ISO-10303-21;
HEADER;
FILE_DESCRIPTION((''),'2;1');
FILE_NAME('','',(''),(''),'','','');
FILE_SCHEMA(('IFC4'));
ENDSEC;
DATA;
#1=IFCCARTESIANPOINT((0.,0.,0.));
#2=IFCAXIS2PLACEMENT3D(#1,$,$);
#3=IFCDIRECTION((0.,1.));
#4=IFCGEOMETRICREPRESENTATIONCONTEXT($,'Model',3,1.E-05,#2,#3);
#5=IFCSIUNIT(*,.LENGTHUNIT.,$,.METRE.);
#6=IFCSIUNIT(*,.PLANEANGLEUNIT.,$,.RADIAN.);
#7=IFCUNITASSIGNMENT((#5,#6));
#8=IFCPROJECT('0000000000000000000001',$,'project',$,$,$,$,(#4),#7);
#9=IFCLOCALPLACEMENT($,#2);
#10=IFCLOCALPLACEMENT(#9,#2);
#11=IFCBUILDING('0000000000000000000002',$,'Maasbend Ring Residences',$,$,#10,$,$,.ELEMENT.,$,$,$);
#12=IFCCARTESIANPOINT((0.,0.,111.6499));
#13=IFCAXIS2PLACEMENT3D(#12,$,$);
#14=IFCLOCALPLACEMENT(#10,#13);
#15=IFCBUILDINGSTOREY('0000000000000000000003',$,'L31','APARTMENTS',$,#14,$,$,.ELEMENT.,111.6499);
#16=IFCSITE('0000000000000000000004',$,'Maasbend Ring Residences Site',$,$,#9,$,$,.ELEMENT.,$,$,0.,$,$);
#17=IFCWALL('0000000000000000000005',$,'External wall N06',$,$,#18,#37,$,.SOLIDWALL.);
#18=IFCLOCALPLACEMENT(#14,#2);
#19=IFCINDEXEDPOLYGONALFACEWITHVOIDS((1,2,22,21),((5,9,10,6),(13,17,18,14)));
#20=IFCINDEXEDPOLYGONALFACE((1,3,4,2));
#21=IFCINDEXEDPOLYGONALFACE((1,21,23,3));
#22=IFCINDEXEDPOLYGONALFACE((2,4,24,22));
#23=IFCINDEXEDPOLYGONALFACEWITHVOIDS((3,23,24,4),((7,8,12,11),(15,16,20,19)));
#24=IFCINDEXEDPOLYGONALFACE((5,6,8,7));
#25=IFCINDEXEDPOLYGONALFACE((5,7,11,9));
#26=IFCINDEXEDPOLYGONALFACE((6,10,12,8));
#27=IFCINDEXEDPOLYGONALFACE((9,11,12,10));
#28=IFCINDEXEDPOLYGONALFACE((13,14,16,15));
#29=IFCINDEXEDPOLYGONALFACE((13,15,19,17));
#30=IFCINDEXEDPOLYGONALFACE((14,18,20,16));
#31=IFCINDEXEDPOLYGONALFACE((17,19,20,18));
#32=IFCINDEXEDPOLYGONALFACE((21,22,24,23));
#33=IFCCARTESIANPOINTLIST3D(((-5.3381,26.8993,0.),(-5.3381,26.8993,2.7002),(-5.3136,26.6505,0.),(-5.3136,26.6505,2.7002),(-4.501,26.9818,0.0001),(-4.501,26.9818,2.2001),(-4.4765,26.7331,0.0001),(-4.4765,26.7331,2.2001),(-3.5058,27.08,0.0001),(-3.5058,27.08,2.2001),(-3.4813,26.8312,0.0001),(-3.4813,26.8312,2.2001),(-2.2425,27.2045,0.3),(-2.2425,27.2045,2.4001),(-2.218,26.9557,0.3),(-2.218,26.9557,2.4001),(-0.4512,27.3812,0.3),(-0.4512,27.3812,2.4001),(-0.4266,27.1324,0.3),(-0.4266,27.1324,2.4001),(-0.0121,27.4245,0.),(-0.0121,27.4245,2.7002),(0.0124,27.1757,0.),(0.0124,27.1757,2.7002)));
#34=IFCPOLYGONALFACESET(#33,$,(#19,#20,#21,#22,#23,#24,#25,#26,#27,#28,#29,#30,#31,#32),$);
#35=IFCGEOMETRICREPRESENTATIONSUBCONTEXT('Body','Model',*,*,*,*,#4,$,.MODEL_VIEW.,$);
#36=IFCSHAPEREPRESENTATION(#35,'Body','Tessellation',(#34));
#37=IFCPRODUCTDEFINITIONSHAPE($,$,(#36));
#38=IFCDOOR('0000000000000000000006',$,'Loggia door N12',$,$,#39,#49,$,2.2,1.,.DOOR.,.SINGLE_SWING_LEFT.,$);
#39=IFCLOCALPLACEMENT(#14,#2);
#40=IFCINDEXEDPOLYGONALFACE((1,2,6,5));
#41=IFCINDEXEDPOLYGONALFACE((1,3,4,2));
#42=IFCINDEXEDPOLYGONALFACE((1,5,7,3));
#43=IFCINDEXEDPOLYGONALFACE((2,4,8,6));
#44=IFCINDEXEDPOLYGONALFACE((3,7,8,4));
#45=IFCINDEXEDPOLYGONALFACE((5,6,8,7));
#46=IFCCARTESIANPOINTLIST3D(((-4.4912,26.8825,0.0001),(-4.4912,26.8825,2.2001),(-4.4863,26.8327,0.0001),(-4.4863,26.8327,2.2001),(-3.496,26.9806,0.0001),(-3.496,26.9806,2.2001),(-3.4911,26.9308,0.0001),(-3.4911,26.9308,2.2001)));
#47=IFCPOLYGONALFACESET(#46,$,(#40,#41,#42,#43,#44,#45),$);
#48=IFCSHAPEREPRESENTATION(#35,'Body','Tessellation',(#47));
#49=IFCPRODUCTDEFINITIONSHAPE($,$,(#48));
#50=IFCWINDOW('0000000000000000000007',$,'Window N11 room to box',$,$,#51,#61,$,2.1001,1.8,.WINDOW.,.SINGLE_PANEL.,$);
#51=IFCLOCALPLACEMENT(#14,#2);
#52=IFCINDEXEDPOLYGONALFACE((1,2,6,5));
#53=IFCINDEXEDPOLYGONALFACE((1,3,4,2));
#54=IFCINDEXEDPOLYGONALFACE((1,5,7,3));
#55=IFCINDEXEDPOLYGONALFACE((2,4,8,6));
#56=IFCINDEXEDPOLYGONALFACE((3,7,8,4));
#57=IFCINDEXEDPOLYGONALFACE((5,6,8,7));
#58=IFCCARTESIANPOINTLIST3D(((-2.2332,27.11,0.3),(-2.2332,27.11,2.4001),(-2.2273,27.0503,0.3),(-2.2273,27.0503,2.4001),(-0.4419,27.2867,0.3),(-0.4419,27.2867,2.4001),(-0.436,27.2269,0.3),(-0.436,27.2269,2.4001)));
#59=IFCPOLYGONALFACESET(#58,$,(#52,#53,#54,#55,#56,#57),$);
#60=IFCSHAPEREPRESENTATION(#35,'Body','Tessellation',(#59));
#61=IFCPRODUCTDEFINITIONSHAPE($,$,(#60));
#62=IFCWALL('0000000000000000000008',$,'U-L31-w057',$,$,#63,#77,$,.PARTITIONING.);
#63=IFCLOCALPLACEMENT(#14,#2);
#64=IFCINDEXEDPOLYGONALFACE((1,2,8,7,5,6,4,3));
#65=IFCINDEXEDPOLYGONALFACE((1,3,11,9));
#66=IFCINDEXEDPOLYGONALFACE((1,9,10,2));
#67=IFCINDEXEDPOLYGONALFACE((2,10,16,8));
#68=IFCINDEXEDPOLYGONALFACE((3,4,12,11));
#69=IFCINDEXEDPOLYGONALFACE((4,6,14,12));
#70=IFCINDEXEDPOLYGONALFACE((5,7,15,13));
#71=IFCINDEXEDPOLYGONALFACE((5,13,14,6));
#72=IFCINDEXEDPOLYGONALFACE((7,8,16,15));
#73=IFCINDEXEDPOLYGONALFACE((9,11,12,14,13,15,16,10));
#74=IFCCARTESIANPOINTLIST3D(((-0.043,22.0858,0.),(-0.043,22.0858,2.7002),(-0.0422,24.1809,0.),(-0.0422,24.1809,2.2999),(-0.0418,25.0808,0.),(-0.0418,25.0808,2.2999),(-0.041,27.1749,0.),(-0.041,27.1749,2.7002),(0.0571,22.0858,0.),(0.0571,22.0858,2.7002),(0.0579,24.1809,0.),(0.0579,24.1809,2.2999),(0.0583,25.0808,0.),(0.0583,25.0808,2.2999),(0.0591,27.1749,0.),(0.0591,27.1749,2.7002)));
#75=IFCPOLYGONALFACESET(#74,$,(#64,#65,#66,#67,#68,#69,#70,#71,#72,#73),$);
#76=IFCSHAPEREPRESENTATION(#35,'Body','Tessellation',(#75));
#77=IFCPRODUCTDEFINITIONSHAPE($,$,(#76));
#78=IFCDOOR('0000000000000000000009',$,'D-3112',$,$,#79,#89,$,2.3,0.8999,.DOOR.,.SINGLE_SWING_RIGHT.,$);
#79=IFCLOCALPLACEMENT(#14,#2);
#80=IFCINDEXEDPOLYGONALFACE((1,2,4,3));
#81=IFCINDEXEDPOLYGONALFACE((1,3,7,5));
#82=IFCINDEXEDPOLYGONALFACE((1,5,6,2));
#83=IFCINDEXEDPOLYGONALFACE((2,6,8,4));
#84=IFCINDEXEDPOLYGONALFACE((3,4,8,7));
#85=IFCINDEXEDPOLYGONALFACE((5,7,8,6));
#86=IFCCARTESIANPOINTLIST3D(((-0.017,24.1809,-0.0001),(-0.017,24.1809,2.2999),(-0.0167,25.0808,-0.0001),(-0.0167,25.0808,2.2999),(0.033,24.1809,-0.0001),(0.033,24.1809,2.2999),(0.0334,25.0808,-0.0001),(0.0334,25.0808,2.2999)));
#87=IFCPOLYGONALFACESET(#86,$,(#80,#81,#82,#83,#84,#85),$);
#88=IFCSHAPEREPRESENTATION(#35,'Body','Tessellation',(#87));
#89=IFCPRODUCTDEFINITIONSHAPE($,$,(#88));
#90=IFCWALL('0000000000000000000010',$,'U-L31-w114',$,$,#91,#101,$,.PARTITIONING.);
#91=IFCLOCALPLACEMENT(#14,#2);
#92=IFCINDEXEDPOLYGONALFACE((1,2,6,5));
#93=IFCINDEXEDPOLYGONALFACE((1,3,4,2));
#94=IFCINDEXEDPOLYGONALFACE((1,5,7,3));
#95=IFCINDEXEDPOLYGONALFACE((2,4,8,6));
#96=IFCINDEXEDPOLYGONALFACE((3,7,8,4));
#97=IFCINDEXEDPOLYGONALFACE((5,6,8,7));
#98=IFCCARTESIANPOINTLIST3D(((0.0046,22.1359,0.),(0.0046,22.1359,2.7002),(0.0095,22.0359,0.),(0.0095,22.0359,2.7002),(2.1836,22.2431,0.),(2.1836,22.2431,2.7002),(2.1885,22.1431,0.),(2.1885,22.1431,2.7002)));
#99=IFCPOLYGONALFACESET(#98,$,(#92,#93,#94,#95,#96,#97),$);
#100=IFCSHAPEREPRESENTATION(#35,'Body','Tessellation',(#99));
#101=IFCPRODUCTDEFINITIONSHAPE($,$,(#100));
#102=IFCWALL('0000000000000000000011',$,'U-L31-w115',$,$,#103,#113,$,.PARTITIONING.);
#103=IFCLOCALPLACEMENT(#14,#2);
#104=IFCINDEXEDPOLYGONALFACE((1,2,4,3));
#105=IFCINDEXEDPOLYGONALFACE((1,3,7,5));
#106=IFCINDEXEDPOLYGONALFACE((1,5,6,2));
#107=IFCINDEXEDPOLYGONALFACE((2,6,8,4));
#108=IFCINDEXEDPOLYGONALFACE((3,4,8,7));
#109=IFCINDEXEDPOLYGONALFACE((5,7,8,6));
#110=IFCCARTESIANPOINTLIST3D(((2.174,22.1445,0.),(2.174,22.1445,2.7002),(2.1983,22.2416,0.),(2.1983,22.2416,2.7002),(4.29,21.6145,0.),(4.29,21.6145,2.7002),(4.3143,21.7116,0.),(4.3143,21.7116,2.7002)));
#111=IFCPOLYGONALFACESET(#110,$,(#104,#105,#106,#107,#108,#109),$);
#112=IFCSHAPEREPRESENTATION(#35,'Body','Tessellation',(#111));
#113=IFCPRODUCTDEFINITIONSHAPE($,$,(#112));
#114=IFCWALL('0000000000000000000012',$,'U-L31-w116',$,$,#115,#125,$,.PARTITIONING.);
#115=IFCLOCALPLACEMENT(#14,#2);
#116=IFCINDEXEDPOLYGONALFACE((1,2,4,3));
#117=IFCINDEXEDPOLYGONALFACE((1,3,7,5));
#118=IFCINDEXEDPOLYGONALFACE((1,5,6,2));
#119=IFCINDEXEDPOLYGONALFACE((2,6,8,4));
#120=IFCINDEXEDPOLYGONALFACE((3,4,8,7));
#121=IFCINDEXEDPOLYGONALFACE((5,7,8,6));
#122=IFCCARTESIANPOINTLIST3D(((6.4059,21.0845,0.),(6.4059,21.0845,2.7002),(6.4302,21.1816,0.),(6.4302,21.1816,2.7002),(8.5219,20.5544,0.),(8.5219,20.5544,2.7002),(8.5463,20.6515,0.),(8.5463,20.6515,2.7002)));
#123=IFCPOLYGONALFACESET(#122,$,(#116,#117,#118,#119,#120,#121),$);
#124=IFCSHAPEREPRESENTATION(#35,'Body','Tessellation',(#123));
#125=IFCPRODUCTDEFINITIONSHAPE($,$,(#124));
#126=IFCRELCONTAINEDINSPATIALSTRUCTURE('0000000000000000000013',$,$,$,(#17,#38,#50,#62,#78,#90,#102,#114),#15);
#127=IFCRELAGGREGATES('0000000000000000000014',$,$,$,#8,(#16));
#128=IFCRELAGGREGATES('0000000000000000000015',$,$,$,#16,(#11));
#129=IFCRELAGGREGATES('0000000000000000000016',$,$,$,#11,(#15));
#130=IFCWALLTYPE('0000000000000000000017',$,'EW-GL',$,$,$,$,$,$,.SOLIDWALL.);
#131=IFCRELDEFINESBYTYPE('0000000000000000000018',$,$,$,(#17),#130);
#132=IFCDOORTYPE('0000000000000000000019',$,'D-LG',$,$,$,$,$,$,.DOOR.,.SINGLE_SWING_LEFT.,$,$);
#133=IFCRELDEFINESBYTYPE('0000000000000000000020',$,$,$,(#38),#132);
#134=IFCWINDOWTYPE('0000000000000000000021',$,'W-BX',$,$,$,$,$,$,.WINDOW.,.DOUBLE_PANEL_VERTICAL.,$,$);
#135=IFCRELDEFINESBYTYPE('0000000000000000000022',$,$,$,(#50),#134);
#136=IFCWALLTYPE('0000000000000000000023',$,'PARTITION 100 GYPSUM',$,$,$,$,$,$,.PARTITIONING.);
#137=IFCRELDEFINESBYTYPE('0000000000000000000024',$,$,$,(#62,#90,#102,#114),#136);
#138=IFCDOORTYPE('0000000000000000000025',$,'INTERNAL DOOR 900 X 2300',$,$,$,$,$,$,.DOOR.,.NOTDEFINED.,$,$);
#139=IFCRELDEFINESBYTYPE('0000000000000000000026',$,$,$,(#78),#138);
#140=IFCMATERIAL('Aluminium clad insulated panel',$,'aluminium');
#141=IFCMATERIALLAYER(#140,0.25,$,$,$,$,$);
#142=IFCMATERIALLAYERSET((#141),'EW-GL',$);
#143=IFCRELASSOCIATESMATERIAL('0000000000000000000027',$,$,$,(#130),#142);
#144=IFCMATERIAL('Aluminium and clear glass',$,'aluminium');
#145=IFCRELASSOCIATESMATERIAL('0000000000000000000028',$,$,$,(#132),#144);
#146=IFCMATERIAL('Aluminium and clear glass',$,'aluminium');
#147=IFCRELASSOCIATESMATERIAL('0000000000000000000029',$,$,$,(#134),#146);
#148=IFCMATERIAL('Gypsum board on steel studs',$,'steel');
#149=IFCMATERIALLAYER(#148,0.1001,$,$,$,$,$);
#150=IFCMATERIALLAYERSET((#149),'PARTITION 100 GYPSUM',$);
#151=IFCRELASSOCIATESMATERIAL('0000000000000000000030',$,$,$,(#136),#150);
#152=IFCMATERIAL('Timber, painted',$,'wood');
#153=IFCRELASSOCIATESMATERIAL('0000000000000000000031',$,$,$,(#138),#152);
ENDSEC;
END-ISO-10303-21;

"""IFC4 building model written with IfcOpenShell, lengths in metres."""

from ifc_helpers import new_model, si_unit, direction, frame, frame_2d, origin, place, context, subcontext, project, spatial, rectangle, extrude, material, layer, layer_set, type_object, element, fill, save


model = new_model("IFC4")

# Units and contexts
model_context = context("Model", 3, precision=1e-05, world=origin(), true_north=direction((0.0, 1.0)))
body_context = subcontext(model_context, "Body", "Model", "MODEL_VIEW")
ifc_project = project(units=[si_unit("LENGTHUNIT", "METRE"), si_unit("PLANEANGLEUNIT", "RADIAN")], contexts=[model_context])

# Site, building, storey
site_placement = place(None, origin())
site = spatial("IfcSite", under=ifc_project, at=site_placement, Name="Maasbend Ring Residences Site", CompositionType="ELEMENT", RefElevation=0.0)
building_placement = place(site_placement, origin())
building = spatial("IfcBuilding", under=site, at=building_placement, Name="Maasbend Ring Residences", CompositionType="ELEMENT")
storey_placement = place(building_placement, frame((0.0, 0.0, 111.6499)))
storey = spatial("IfcBuildingStorey", under=building, at=storey_placement, Name="L31", Description="APARTMENTS", CompositionType="ELEMENT", Elevation=111.6499)

# Wall, openings, door, window
ifc_material_1 = material(Name="Aluminium clad insulated panel", Category="aluminium")
ifc_layer_1 = layer(ifc_material_1, 0.25)
ifc_layer_set_1 = layer_set([ifc_layer_1], Name="EW-GL")
wall_type_1 = type_object("IfcWallType", Name="EW-GL", PredefinedType="SOLIDWALL", material=ifc_layer_set_1)
ifc_material_2 = material(Name="Aluminium and clear glass", Category="aluminium")
door_type_1 = type_object("IfcDoorType", Name="D-LG", OperationType="SINGLE_SWING_LEFT", PredefinedType="DOOR", material=ifc_material_2)
ifc_material_3 = material(Name="Aluminium and clear glass", Category="aluminium")
window_type_1 = type_object("IfcWindowType", Name="W-BX", PartitioningType="DOUBLE_PANEL_VERTICAL", PredefinedType="WINDOW", material=ifc_material_3)
wall_1_placement = place(storey_placement, frame((0.0, 27.3, 0.0), z_axis=(0.0, 0.0, 1.0), x_axis=(-0.995174, -0.098126, 0.0)))
wall_1 = element("IfcWall", 1, at=wall_1_placement, inside=storey, type_object=wall_type_1, Name="External wall N06", PredefinedType="SOLIDWALL", context=body_context, shape_type="SweptSolid", body=[
    extrude(rectangle(XDim=5.3518, YDim=0.25, at=frame_2d((2.6758, 0.0))), origin(), (0.0, 0.0, 1.0), 2.7002),
])
opening_1_placement = place(wall_1_placement, frame((0.4412, 0.0, 0.3)))
opening_1 = element("IfcOpeningElement", 2, at=opening_1_placement, cuts=wall_1, PredefinedType="OPENING", context=body_context, shape_type="SweptSolid", body=[
    extrude(rectangle(XDim=1.8, YDim=2.1001, at=frame_2d((0.8999, 1.05))), frame((0.0, 0.135, 0.0), z_axis=(0.0, -1.0, 0.0), x_axis=(1.0, 0.0, 0.0)), (0.0, 0.0, 1.0), 0.27),
])
opening_2_placement = place(wall_1_placement, frame((3.5105, 0.0, 0.0)))
opening_2 = element("IfcOpeningElement", 3, at=opening_2_placement, cuts=wall_1, PredefinedType="OPENING", context=body_context, shape_type="SweptSolid", body=[
    extrude(rectangle(XDim=1.0, YDim=2.2, at=frame_2d((0.5, 1.1001))), frame((0.0, 0.135, 0.0), z_axis=(0.0, -1.0, 0.0), x_axis=(1.0, 0.0, 0.0)), (0.0, 0.0, 1.0), 0.27),
])
door_1_placement = place(opening_2_placement, origin())
door_1 = element("IfcDoor", 4, at=door_1_placement, inside=storey, type_object=door_type_1, Name="Loggia door N12", OperationType="SINGLE_SWING_LEFT", OverallHeight=2.2, OverallWidth=1.0, PredefinedType="DOOR", context=body_context, shape_type="SweptSolid", body=[
    extrude(rectangle(XDim=1.0, YDim=2.2, at=frame_2d((0.5, 1.1001))), frame((0.0, 0.0249, 0.0), z_axis=(0.0, -1.0, 0.0), x_axis=(1.0, 0.0, 0.0)), (0.0, 0.0, 1.0), 0.05),
])
fill(opening_2, door_1)
window_1_placement = place(opening_1_placement, origin())
window_1 = element("IfcWindow", 5, at=window_1_placement, inside=storey, type_object=window_type_1, Name="Window N11 room to box", OverallHeight=2.1001, OverallWidth=1.8, PartitioningType="SINGLE_PANEL", PredefinedType="WINDOW", context=body_context, shape_type="SweptSolid", body=[
    extrude(rectangle(XDim=1.8, YDim=2.1001, at=frame_2d((0.8999, 1.05))), frame((0.0, 0.03, 0.0), z_axis=(0.0, -1.0, 0.0), x_axis=(1.0, 0.0, 0.0)), (0.0, 0.0, 1.0), 0.0601),
])
fill(opening_1, window_1)

# Wall, opening, door
ifc_material_4 = material(Name="Gypsum board on steel studs", Category="steel")
ifc_layer_2 = layer(ifc_material_4, 0.1001)
ifc_layer_set_2 = layer_set([ifc_layer_2], Name="PARTITION 100 GYPSUM")
wall_type_2 = type_object("IfcWallType", Name="PARTITION 100 GYPSUM", PredefinedType="PARTITIONING", material=ifc_layer_set_2)
wall_2_placement = place(storey_placement, frame((0.0071, 22.0859, 0.0), z_axis=(0.0, 0.0, 1.0), x_axis=(0.000384, 1.0, 0.0)))
wall_2 = element("IfcWall", 6, at=wall_2_placement, inside=storey, type_object=wall_type_2, Name="U-L31-w057", PredefinedType="PARTITIONING", context=body_context, shape_type="SweptSolid", body=[
    extrude(rectangle(XDim=5.0891, YDim=0.1001, at=frame_2d((2.5444, 0.0))), origin(), (0.0, 0.0, 1.0), 2.7002),
])
opening_3_placement = place(wall_2_placement, frame((2.095, 0.0, 0.0)))
opening_3 = element("IfcOpeningElement", 7, at=opening_3_placement, cuts=wall_2, PredefinedType="OPENING", context=body_context, shape_type="SweptSolid", body=[
    extrude(rectangle(XDim=0.8999, YDim=2.3, at=frame_2d((0.45, 1.1499))), frame((0.0, 0.0601, 0.0), z_axis=(0.0, -1.0, 0.0), x_axis=(1.0, 0.0, 0.0)), (0.0, 0.0, 1.0), 0.1201),
])
ifc_material_5 = material(Name="Timber, painted", Category="wood")
door_type_2 = type_object("IfcDoorType", Name="INTERNAL DOOR 900 X 2300", OperationType="NOTDEFINED", PredefinedType="DOOR", material=ifc_material_5)
door_2_placement = place(opening_3_placement, origin())
door_2 = element("IfcDoor", 8, at=door_2_placement, inside=storey, type_object=door_type_2, Name="D-3112", OperationType="SINGLE_SWING_RIGHT", OverallHeight=2.3, OverallWidth=0.8999, PredefinedType="DOOR", context=body_context, shape_type="SweptSolid", body=[
    extrude(rectangle(XDim=0.8999, YDim=2.3, at=frame_2d((0.45, 1.1499))), frame((0.0, 0.0249, 0.0), z_axis=(0.0, -1.0, 0.0), x_axis=(1.0, 0.0, 0.0)), (0.0, 0.0, 1.0), 0.05),
])
fill(opening_3, door_2)

# Walls
wall_3_placement = place(storey_placement, frame((0.0071, 22.0859, 0.0), z_axis=(0.0, 0.0, 1.0), x_axis=(0.998792, 0.049128, 0.0)))
element("IfcWall", 9, at=wall_3_placement, inside=storey, type_object=wall_type_2, Name="U-L31-w114", PredefinedType="PARTITIONING", context=body_context, shape_type="SweptSolid", body=[
    extrude(rectangle(XDim=2.1816, YDim=0.1001, at=frame_2d((1.0908, 0.0))), origin(), (0.0, 0.0, 1.0), 2.7002),
])
for number, where, z_axis, x_axis, name in (
    (10, (2.186, 22.1931, 0.0), (0.0, 0.0, 1.0), (0.97003, -0.242983, 0.0), "U-L31-w115"),
    (11, (6.418, 21.1331, 0.0), (0.0, 0.0, 1.0), (0.97003, -0.242983, 0.0), "U-L31-w116"),
):
    element("IfcWall", number, at=place(storey_placement, frame(where, z_axis=z_axis, x_axis=x_axis)), inside=storey, type_object=wall_type_2, Name=name, PredefinedType="PARTITIONING", context=body_context, shape_type="SweptSolid", body=[
        extrude(rectangle(XDim=2.1814, YDim=0.1001, at=frame_2d((1.0908, 0.0))), origin(), (0.0, 0.0, 1.0), 2.7002),
    ])

save(model, "model.ifc")
